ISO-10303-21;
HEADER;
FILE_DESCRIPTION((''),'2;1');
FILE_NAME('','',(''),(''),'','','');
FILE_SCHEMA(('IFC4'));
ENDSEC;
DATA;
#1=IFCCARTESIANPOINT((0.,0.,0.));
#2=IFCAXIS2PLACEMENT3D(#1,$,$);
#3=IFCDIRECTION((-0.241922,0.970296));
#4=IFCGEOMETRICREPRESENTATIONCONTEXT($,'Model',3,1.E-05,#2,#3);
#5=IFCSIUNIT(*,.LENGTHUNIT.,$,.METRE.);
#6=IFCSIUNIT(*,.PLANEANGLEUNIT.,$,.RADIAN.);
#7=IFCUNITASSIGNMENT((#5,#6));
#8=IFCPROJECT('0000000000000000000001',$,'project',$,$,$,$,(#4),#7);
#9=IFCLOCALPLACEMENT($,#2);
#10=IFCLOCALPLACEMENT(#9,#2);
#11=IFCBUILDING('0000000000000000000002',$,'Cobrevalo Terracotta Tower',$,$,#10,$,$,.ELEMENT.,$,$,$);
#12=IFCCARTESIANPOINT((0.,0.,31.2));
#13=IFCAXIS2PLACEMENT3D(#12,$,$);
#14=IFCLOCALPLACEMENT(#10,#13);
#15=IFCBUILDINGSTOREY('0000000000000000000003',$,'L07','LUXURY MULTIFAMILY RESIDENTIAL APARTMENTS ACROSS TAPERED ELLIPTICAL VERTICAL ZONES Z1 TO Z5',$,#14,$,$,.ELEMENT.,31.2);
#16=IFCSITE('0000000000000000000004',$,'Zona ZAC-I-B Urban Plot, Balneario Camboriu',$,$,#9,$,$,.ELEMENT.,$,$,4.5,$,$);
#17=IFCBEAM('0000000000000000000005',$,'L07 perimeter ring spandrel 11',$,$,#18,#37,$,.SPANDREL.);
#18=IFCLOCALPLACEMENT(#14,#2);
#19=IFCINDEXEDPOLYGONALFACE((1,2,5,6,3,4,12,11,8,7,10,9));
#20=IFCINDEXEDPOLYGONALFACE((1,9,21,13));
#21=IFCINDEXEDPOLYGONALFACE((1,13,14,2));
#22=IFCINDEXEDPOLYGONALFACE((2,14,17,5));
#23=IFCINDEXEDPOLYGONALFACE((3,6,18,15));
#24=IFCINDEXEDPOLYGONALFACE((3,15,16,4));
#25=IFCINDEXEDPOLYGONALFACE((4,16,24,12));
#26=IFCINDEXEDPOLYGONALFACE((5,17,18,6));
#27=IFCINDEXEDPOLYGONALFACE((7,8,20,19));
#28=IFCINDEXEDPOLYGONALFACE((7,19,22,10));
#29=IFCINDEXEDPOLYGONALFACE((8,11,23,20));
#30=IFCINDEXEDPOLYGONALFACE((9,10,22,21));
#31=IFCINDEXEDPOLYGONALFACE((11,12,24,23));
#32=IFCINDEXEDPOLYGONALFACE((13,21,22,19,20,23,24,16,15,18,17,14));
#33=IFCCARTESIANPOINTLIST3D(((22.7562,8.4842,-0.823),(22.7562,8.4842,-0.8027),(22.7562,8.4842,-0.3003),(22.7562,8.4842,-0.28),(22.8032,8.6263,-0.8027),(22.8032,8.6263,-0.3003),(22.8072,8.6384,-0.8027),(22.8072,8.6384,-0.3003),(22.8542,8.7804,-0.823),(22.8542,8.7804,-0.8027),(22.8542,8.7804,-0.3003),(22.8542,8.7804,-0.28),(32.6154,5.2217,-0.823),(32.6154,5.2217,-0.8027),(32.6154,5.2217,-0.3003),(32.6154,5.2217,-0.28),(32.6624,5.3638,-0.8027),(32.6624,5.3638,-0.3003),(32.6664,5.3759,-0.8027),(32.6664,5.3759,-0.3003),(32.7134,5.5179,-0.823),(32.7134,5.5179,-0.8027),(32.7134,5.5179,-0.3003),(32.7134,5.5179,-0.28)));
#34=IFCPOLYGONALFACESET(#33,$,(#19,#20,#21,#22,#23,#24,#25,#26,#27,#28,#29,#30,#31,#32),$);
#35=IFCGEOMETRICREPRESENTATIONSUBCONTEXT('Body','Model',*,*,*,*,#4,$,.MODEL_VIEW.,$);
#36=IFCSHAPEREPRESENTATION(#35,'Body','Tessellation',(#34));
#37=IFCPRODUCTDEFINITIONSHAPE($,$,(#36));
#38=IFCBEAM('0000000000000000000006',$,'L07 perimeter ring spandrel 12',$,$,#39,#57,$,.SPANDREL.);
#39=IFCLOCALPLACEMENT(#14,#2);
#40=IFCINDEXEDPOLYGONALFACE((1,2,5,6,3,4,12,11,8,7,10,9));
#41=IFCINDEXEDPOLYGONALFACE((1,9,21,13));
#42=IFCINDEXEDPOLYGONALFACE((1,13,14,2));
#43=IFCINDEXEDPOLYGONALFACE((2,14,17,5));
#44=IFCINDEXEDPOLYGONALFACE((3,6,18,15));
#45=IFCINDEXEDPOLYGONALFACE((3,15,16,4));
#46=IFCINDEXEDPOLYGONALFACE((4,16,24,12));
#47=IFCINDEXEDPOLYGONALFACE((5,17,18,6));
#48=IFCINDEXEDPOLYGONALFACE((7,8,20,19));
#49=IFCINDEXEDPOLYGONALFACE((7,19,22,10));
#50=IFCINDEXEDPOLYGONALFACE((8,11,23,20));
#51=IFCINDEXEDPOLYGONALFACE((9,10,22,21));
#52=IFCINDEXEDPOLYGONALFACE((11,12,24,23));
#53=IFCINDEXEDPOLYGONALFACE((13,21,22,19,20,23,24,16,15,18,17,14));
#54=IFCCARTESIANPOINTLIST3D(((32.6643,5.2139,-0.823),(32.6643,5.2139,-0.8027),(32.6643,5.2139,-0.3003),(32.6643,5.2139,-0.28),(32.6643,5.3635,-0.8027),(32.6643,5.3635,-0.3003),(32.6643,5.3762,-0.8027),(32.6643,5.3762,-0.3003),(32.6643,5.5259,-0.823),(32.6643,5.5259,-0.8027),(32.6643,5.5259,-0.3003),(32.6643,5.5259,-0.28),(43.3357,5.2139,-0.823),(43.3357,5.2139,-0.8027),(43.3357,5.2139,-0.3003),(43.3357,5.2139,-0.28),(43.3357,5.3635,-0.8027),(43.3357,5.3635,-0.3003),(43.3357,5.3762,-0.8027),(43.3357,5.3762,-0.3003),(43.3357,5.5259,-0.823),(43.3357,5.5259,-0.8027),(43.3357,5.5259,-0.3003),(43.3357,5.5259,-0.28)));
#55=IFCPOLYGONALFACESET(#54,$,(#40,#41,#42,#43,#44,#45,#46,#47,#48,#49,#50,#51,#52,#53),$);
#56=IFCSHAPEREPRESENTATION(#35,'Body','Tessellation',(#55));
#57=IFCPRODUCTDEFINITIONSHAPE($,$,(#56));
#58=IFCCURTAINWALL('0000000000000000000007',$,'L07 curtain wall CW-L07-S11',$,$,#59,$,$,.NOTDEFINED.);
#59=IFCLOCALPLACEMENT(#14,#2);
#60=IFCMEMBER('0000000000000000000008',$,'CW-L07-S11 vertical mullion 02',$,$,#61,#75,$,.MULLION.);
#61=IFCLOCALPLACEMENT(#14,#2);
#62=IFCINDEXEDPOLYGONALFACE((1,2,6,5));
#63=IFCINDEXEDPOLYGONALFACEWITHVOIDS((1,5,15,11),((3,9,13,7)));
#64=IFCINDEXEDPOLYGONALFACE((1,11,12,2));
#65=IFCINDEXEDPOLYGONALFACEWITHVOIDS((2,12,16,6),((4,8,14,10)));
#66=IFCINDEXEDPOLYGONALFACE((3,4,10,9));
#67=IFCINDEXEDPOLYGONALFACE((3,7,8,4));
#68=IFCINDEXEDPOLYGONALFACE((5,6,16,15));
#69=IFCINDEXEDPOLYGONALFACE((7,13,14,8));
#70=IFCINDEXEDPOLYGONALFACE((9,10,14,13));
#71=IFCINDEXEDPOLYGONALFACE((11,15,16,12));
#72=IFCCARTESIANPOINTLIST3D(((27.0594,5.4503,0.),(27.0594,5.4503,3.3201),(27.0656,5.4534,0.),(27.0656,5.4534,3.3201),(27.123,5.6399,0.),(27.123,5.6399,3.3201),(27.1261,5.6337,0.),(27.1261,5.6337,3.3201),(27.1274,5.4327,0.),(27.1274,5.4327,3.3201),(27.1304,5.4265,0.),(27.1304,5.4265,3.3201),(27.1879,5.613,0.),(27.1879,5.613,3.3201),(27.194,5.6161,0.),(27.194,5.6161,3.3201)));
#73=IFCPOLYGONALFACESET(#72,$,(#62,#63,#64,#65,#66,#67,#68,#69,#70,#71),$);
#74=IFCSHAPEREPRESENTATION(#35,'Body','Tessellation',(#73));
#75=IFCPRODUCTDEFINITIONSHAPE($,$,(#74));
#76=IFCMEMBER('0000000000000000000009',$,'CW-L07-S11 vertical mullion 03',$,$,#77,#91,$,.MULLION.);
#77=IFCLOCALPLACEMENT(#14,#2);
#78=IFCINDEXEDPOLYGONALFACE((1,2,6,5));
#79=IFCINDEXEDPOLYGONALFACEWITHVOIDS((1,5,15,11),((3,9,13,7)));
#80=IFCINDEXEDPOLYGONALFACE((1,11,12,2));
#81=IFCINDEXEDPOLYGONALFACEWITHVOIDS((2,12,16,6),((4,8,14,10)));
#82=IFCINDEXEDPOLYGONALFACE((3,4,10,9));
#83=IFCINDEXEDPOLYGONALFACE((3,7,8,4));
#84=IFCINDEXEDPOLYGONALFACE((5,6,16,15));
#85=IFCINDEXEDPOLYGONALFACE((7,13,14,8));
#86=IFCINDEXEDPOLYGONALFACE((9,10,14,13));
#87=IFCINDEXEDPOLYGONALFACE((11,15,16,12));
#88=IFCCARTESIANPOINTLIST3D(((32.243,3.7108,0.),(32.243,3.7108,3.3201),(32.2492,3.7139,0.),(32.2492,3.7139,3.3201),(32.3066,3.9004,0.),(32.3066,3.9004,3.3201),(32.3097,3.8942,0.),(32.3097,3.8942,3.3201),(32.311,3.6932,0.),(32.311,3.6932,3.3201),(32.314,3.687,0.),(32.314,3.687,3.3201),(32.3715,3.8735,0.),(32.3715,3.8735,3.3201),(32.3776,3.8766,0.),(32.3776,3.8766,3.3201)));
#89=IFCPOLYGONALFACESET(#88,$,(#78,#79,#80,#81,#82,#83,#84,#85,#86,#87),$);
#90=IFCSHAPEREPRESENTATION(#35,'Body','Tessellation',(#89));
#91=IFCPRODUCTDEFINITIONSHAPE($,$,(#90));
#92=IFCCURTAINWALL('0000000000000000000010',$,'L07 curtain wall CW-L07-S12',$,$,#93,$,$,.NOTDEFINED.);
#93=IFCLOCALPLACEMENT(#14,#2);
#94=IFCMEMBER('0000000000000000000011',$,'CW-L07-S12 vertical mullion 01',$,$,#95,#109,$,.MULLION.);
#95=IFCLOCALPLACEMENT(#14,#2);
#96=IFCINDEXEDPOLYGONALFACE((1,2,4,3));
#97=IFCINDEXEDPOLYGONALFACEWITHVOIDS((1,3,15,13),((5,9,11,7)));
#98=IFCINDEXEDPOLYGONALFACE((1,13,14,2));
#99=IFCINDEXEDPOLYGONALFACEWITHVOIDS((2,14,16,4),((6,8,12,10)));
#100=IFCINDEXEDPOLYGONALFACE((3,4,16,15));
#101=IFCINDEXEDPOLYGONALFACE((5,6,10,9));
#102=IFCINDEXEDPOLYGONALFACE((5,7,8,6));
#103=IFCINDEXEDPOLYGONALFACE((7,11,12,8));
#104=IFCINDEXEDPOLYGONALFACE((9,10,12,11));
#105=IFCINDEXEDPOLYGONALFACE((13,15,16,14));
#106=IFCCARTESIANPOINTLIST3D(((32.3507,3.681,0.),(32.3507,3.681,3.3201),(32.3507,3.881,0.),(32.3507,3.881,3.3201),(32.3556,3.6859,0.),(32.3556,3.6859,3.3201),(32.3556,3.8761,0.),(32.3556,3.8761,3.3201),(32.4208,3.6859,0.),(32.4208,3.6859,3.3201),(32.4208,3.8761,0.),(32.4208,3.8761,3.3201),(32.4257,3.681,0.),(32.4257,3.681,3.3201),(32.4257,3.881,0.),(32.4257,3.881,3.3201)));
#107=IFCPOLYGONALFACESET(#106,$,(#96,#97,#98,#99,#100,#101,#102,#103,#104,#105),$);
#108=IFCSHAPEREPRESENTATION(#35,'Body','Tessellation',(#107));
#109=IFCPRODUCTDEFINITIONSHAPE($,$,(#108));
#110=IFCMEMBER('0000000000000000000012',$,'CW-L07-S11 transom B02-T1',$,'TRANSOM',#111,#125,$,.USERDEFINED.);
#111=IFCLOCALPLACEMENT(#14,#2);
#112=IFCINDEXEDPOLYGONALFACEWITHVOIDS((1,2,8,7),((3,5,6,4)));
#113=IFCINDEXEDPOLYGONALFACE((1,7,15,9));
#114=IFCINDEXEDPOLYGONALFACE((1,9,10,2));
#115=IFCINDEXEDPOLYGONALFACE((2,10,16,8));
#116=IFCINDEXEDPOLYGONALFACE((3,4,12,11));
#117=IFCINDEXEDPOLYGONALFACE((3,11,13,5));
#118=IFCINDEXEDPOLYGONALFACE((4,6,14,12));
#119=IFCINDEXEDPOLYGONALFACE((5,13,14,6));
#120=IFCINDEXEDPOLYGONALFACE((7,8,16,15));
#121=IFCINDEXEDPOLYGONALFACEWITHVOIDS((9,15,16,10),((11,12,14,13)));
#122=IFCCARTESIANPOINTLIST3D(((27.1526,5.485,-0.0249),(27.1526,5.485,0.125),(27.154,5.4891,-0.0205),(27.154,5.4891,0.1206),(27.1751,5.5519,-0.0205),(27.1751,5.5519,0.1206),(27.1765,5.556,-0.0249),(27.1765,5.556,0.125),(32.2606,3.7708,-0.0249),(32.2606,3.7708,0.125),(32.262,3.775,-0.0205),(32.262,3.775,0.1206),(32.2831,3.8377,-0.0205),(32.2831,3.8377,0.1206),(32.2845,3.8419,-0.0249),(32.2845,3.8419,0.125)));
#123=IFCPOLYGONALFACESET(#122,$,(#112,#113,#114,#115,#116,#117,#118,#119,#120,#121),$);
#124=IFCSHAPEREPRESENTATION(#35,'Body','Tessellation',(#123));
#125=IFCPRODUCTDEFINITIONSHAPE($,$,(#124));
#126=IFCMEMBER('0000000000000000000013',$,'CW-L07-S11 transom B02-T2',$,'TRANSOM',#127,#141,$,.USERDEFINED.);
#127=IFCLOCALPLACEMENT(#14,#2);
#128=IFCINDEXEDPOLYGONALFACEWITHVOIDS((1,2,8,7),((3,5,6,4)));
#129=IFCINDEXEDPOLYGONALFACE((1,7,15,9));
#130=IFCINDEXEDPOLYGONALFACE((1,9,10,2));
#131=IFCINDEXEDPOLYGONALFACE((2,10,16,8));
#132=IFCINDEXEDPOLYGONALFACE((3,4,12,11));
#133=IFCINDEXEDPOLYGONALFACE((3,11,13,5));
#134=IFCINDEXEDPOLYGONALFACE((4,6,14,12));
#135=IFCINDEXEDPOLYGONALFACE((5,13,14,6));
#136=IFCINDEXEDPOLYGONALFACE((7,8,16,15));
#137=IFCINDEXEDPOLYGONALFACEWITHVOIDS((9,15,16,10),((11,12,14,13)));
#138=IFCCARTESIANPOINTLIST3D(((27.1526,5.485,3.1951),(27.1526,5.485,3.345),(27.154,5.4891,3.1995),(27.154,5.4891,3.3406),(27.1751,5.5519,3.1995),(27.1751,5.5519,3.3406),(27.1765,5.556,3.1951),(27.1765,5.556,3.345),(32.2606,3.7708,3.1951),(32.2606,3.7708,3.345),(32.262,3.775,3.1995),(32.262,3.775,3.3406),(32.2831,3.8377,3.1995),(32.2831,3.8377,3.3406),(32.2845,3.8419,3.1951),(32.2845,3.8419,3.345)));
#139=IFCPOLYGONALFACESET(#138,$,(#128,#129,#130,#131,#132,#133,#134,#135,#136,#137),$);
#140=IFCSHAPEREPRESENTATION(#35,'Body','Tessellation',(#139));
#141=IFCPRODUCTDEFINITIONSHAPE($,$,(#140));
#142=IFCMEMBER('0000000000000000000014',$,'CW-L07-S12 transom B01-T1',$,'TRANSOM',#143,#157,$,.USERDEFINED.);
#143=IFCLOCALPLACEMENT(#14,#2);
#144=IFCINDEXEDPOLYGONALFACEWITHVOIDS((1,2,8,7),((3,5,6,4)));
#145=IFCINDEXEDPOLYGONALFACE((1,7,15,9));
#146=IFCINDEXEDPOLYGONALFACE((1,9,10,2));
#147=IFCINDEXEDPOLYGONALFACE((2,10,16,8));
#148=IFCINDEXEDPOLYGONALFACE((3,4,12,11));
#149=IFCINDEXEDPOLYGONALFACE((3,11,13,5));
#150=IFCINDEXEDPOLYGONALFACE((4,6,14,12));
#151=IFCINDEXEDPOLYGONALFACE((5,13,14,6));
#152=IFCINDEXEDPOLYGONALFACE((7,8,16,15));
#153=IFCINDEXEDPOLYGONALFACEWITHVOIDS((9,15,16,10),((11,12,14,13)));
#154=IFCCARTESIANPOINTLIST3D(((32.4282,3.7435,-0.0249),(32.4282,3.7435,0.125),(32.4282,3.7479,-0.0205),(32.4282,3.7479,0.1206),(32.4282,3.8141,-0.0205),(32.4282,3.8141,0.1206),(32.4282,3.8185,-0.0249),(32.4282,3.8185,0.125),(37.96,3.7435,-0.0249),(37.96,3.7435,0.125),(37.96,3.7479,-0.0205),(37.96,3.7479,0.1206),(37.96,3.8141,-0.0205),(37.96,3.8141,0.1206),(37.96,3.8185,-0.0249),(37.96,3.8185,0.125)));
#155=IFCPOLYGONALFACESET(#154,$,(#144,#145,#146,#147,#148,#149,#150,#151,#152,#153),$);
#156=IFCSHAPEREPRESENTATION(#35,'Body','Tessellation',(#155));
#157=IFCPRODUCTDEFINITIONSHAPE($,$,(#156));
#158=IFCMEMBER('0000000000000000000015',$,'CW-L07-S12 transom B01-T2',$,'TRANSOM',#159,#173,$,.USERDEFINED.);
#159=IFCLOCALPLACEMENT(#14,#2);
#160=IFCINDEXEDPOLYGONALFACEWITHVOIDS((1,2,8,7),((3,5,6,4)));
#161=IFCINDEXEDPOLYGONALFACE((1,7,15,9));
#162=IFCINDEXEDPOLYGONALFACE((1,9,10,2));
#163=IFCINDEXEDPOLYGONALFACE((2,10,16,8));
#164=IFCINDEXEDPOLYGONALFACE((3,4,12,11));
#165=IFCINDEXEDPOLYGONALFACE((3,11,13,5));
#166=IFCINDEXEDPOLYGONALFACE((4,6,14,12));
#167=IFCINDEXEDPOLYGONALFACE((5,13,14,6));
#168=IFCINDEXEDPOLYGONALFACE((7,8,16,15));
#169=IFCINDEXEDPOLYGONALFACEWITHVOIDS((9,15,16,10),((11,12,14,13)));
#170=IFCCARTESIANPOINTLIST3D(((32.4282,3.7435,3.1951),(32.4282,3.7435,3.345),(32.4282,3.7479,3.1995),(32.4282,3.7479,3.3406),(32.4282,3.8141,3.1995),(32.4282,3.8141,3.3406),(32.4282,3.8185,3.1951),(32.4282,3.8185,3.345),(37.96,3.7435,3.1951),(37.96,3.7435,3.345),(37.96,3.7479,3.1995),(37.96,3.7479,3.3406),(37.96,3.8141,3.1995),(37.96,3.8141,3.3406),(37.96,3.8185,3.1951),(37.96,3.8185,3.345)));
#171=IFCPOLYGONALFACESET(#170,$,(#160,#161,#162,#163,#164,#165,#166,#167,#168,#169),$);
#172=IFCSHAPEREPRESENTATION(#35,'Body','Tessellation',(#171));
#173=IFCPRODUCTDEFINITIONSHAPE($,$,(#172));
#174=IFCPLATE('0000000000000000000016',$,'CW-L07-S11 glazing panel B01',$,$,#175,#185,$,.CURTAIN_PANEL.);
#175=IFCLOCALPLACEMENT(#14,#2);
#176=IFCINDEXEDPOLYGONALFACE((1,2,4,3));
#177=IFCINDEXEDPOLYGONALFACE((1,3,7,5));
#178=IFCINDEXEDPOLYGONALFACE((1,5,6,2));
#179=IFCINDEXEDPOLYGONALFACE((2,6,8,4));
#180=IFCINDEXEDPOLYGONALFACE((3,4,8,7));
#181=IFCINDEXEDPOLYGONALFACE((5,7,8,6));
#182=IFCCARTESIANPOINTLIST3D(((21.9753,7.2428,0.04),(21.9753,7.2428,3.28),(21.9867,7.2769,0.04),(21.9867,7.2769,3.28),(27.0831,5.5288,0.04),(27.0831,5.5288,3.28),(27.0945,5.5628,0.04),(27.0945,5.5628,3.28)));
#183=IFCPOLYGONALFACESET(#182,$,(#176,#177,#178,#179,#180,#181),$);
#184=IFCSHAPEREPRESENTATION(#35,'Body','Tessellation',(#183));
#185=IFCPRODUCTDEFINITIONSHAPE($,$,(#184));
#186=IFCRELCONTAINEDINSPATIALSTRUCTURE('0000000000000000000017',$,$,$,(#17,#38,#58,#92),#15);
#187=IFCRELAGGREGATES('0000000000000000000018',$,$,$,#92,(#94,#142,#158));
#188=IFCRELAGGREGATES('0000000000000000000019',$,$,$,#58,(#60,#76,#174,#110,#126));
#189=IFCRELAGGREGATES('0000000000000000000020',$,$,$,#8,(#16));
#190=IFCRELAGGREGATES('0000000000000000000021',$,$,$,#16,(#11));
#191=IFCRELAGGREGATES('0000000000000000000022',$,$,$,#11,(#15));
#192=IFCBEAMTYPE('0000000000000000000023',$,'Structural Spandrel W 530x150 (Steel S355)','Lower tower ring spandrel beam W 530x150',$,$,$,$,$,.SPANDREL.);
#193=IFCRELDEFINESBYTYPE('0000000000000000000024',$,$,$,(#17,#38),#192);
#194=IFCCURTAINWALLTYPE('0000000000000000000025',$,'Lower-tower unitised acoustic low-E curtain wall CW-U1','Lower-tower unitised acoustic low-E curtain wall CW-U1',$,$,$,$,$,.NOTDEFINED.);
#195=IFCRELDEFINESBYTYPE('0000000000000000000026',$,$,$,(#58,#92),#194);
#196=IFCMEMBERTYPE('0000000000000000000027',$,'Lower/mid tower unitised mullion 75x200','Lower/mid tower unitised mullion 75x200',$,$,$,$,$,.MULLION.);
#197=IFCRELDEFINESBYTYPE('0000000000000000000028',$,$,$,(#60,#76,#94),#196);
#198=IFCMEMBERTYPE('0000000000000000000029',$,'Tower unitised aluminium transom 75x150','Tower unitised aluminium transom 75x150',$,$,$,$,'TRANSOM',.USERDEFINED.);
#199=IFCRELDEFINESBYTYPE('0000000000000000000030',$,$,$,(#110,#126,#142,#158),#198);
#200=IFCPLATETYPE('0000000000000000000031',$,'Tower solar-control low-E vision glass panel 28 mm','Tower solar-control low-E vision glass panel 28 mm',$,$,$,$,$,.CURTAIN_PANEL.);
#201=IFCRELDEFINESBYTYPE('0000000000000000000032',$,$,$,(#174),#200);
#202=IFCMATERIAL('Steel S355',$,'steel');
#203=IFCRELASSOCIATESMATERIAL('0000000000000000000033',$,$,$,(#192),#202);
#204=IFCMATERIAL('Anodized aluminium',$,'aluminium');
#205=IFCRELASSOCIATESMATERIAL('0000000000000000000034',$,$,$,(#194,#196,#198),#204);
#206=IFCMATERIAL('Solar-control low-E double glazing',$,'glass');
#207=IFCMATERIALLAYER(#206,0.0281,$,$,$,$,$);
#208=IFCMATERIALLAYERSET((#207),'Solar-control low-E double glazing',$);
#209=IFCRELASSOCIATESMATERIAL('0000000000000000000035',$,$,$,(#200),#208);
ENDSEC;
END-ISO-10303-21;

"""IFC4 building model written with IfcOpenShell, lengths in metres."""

from ifc_helpers import new_model, si_unit, direction, frame, origin, origin_2d, place, context, subcontext, project, spatial, rectangle, hollow_rectangle, i_section, extrude, source, transform, mapped, material, layer, layer_set, material_profile, profile_set, type_object, element, aggregate, save


model = new_model("IFC4")

# Units and contexts
model_context = context("Model", 3, precision=1e-05, world=origin(), true_north=direction((-0.241922, 0.970296)))
body_context = subcontext(model_context, "Body", "Model", "MODEL_VIEW")
ifc_project = project(units=[si_unit("LENGTHUNIT", "METRE"), si_unit("PLANEANGLEUNIT", "RADIAN")], contexts=[model_context])

# Site, building, storey
site_placement = place(None, origin())
site = spatial("IfcSite", under=ifc_project, at=site_placement, Name="Zona ZAC-I-B Urban Plot, Balneario Camboriu", CompositionType="ELEMENT", RefElevation=4.5)
building_placement = place(site_placement, origin())
building = spatial("IfcBuilding", under=site, at=building_placement, Name="Cobrevalo Terracotta Tower", CompositionType="ELEMENT")
storey_placement = place(building_placement, frame((0.0, 0.0, 31.2)))
storey = spatial("IfcBuildingStorey", under=building, at=storey_placement, Name="L07", Description="LUXURY MULTIFAMILY RESIDENTIAL APARTMENTS ACROSS TAPERED ELLIPTICAL VERTICAL ZONES Z1 TO Z5", CompositionType="ELEMENT", Elevation=31.2)

# Shared definitions
ifc_material_1 = material(Name="Steel S355", Category="steel")

# Beams
ifc_material_profile_1 = material_profile(ifc_material_1, i_section(OverallWidth=0.312, OverallDepth=0.543, WebThickness=0.0127, FlangeThickness=0.0203, at=origin_2d()), Name="W 530x150")
ifc_profile_set_1 = profile_set([ifc_material_profile_1], Name="Steel S355")
beam_type_1 = type_object("IfcBeamType", Name="Structural Spandrel W 530x150 (Steel S355)", Description="Lower tower ring spandrel beam W 530x150", PredefinedType="SPANDREL", material=ifc_profile_set_1)
beam_1_placement = place(storey_placement, frame((22.8052, 8.6323, -0.5515), z_axis=(0.949372, -0.314153, 0.0), x_axis=(0.314153, 0.949372, 0.0)))
element("IfcBeam", 1, at=beam_1_placement, inside=storey, type_object=beam_type_1, Name="L07 perimeter ring spandrel 11", PredefinedType="SPANDREL", context=body_context, shape_type="SweptSolid", body=[
    extrude(i_section(OverallWidth=0.312, OverallDepth=0.543, WebThickness=0.0127, FlangeThickness=0.0203, at=origin_2d()), origin(), (0.0, 0.0, 1.0), 10.385),
])
beam_2_placement = place(storey_placement, frame((32.6643, 5.3699, -0.5515), z_axis=(1.0, 0.0, 0.0), x_axis=(0.0, 1.0, 0.0)))
element("IfcBeam", 2, at=beam_2_placement, inside=storey, type_object=beam_type_1, Name="L07 perimeter ring spandrel 12", PredefinedType="SPANDREL", context=body_context, shape_type="SweptSolid", body=[
    extrude(i_section(OverallWidth=0.312, OverallDepth=0.543, WebThickness=0.0127, FlangeThickness=0.0203, at=origin_2d()), origin(), (0.0, 0.0, 1.0), 10.6714),
])

# Curtain wall, members
ifc_material_2 = material(Name="Anodized aluminium", Category="aluminium")
curtain_wall_type = type_object("IfcCurtainWallType", Name="Lower-tower unitised acoustic low-E curtain wall CW-U1", Description="Lower-tower unitised acoustic low-E curtain wall CW-U1", PredefinedType="NOTDEFINED", material=ifc_material_2)
curtain_wall_1_placement = place(storey_placement, origin())
curtain_wall_1 = element("IfcCurtainWall", 3, at=curtain_wall_1_placement, inside=storey, type_object=curtain_wall_type, Name="L07 curtain wall CW-L07-S11", PredefinedType="NOTDEFINED")
ifc_material_profile_2 = material_profile(ifc_material_2, hollow_rectangle(XDim=0.075, YDim=0.2, WallThickness=0.0049, at=origin_2d()), Name="CWM 75x200")
ifc_profile_set_2 = profile_set([ifc_material_profile_2], Name="Anodized aluminium")
member_type_1 = type_object("IfcMemberType", Name="Lower/mid tower unitised mullion 75x200", Description="Lower/mid tower unitised mullion 75x200", PredefinedType="MULLION", material=ifc_profile_set_2)
shared_shape_1 = source(origin(), body_context, "Body", "SweptSolid", [
    extrude(hollow_rectangle(XDim=0.075, YDim=0.2, WallThickness=0.0049, at=origin_2d()), origin(), (0.0, 0.0, 1.0), 3.3201),
])
member_1_placement = place(storey_placement, frame((27.1267, 5.5332, 0.0), z_axis=(0.0, 0.0, 1.0), x_axis=(0.948046, -0.318132, 0.0)))
member_1 = element("IfcMember", 4, at=member_1_placement, type_object=member_type_1, Name="CW-L07-S11 vertical mullion 02", PredefinedType="MULLION", context=body_context, shape_type="MappedRepresentation", body=[
    mapped(shared_shape_1, transform((0.0, 0.0, 0.0), scale=1.0)),
])
member_2_placement = place(storey_placement, frame((32.3103, 3.7937, 0.0), z_axis=(0.0, 0.0, 1.0), x_axis=(0.948046, -0.318132, 0.0)))
member_2 = element("IfcMember", 5, at=member_2_placement, type_object=member_type_1, Name="CW-L07-S11 vertical mullion 03", PredefinedType="MULLION", context=body_context, shape_type="MappedRepresentation", body=[
    mapped(shared_shape_1, transform((0.0, 0.0, 0.0), scale=1.0)),
])

# Curtain wall, member
curtain_wall_2_placement = place(storey_placement, origin())
curtain_wall_2 = element("IfcCurtainWall", 6, at=curtain_wall_2_placement, inside=storey, type_object=curtain_wall_type, Name="L07 curtain wall CW-L07-S12", PredefinedType="NOTDEFINED")
member_3_placement = place(storey_placement, frame((32.3882, 3.781, 0.0), z_axis=(0.0, 0.0, 1.0), x_axis=(1.0, 0.0, 0.0)))
member_3 = element("IfcMember", 7, at=member_3_placement, type_object=member_type_1, Name="CW-L07-S12 vertical mullion 01", PredefinedType="MULLION", context=body_context, shape_type="MappedRepresentation", body=[
    mapped(shared_shape_1, transform((0.0, 0.0, 0.0), scale=1.0)),
])

# Members
ifc_material_profile_3 = material_profile(ifc_material_2, hollow_rectangle(XDim=0.075, YDim=0.1499, WallThickness=0.0044, at=origin_2d()), Name="CWT 75x150")
ifc_profile_set_3 = profile_set([ifc_material_profile_3], Name="Anodized aluminium")
member_type_2 = type_object("IfcMemberType", Name="Tower unitised aluminium transom 75x150", Description="Tower unitised aluminium transom 75x150", ElementType="TRANSOM", PredefinedType="USERDEFINED", material=ifc_profile_set_3)
shared_shape_2 = source(origin(), body_context, "Body", "SweptSolid", [
    extrude(hollow_rectangle(XDim=0.075, YDim=0.1499, WallThickness=0.0044, at=origin_2d()), origin(), (0.0, 0.0, 1.0), 5.3879),
])
member_4_placement = place(storey_placement, frame((27.1646, 5.5205, 0.05), z_axis=(0.948042, -0.318144, 0.0), x_axis=(0.318144, 0.948042, 0.0)))
member_4 = element("IfcMember", 8, at=member_4_placement, type_object=member_type_2, Name="CW-L07-S11 transom B02-T1", ObjectType="TRANSOM", PredefinedType="USERDEFINED", context=body_context, shape_type="MappedRepresentation", body=[
    mapped(shared_shape_2, transform((0.0, 0.0, 0.0), scale=1.0)),
])
member_5_placement = place(storey_placement, frame((27.1646, 5.5205, 3.27), z_axis=(0.948042, -0.318144, 0.0), x_axis=(0.318144, 0.948042, 0.0)))
member_5 = element("IfcMember", 9, at=member_5_placement, type_object=member_type_2, Name="CW-L07-S11 transom B02-T2", ObjectType="TRANSOM", PredefinedType="USERDEFINED", context=body_context, shape_type="MappedRepresentation", body=[
    mapped(shared_shape_2, transform((0.0, 0.0, 0.0), scale=1.0)),
])
shared_shape_3 = source(origin(), body_context, "Body", "SweptSolid", [
    extrude(hollow_rectangle(XDim=0.075, YDim=0.1499, WallThickness=0.0044, at=origin_2d()), origin(), (0.0, 0.0, 1.0), 5.5317),
])
member_6_placement = place(storey_placement, frame((32.4282, 3.781, 0.05), z_axis=(1.0, 0.0, 0.0), x_axis=(0.0, 1.0, 0.0)))
member_6 = element("IfcMember", 10, at=member_6_placement, type_object=member_type_2, Name="CW-L07-S12 transom B01-T1", ObjectType="TRANSOM", PredefinedType="USERDEFINED", context=body_context, shape_type="MappedRepresentation", body=[
    mapped(shared_shape_3, transform((0.0, 0.0, 0.0), scale=1.0)),
])
member_7_placement = place(storey_placement, frame((32.4282, 3.781, 3.27), z_axis=(1.0, 0.0, 0.0), x_axis=(0.0, 1.0, 0.0)))
member_7 = element("IfcMember", 11, at=member_7_placement, type_object=member_type_2, Name="CW-L07-S12 transom B01-T2", ObjectType="TRANSOM", PredefinedType="USERDEFINED", context=body_context, shape_type="MappedRepresentation", body=[
    mapped(shared_shape_3, transform((0.0, 0.0, 0.0), scale=1.0)),
])
aggregate(curtain_wall_2, [member_3, member_6, member_7])

# Plate
ifc_material_3 = material(Name="Solar-control low-E double glazing", Category="glass")
ifc_layer_1 = layer(ifc_material_3, 0.0281)
ifc_layer_set_1 = layer_set([ifc_layer_1], Name="Solar-control low-E double glazing")
plate_type = type_object("IfcPlateType", Name="Tower solar-control low-E vision glass panel 28 mm", Description="Tower solar-control low-E vision glass panel 28 mm", PredefinedType="CURTAIN_PANEL", material=ifc_layer_set_1)
shared_shape_4 = source(origin(), body_context, "Body", "SweptSolid", [
    extrude(rectangle(XDim=5.3877, YDim=0.0359, at=origin_2d()), origin(), (0.0, 0.0, 1.0), 3.24),
])
plate_1_placement = place(storey_placement, frame((24.5349, 6.4028, 0.04), z_axis=(0.0, 0.0, 1.0), x_axis=(0.948044, -0.318139, 0.0)))
plate_1 = element("IfcPlate", 12, at=plate_1_placement, type_object=plate_type, Name="CW-L07-S11 glazing panel B01", PredefinedType="CURTAIN_PANEL", context=body_context, shape_type="MappedRepresentation", body=[
    mapped(shared_shape_4, transform((0.0, 0.0, 0.0), scale=1.0)),
])
aggregate(curtain_wall_1, [member_1, member_2, plate_1, member_4, member_5])

save(model, "model.ifc")
